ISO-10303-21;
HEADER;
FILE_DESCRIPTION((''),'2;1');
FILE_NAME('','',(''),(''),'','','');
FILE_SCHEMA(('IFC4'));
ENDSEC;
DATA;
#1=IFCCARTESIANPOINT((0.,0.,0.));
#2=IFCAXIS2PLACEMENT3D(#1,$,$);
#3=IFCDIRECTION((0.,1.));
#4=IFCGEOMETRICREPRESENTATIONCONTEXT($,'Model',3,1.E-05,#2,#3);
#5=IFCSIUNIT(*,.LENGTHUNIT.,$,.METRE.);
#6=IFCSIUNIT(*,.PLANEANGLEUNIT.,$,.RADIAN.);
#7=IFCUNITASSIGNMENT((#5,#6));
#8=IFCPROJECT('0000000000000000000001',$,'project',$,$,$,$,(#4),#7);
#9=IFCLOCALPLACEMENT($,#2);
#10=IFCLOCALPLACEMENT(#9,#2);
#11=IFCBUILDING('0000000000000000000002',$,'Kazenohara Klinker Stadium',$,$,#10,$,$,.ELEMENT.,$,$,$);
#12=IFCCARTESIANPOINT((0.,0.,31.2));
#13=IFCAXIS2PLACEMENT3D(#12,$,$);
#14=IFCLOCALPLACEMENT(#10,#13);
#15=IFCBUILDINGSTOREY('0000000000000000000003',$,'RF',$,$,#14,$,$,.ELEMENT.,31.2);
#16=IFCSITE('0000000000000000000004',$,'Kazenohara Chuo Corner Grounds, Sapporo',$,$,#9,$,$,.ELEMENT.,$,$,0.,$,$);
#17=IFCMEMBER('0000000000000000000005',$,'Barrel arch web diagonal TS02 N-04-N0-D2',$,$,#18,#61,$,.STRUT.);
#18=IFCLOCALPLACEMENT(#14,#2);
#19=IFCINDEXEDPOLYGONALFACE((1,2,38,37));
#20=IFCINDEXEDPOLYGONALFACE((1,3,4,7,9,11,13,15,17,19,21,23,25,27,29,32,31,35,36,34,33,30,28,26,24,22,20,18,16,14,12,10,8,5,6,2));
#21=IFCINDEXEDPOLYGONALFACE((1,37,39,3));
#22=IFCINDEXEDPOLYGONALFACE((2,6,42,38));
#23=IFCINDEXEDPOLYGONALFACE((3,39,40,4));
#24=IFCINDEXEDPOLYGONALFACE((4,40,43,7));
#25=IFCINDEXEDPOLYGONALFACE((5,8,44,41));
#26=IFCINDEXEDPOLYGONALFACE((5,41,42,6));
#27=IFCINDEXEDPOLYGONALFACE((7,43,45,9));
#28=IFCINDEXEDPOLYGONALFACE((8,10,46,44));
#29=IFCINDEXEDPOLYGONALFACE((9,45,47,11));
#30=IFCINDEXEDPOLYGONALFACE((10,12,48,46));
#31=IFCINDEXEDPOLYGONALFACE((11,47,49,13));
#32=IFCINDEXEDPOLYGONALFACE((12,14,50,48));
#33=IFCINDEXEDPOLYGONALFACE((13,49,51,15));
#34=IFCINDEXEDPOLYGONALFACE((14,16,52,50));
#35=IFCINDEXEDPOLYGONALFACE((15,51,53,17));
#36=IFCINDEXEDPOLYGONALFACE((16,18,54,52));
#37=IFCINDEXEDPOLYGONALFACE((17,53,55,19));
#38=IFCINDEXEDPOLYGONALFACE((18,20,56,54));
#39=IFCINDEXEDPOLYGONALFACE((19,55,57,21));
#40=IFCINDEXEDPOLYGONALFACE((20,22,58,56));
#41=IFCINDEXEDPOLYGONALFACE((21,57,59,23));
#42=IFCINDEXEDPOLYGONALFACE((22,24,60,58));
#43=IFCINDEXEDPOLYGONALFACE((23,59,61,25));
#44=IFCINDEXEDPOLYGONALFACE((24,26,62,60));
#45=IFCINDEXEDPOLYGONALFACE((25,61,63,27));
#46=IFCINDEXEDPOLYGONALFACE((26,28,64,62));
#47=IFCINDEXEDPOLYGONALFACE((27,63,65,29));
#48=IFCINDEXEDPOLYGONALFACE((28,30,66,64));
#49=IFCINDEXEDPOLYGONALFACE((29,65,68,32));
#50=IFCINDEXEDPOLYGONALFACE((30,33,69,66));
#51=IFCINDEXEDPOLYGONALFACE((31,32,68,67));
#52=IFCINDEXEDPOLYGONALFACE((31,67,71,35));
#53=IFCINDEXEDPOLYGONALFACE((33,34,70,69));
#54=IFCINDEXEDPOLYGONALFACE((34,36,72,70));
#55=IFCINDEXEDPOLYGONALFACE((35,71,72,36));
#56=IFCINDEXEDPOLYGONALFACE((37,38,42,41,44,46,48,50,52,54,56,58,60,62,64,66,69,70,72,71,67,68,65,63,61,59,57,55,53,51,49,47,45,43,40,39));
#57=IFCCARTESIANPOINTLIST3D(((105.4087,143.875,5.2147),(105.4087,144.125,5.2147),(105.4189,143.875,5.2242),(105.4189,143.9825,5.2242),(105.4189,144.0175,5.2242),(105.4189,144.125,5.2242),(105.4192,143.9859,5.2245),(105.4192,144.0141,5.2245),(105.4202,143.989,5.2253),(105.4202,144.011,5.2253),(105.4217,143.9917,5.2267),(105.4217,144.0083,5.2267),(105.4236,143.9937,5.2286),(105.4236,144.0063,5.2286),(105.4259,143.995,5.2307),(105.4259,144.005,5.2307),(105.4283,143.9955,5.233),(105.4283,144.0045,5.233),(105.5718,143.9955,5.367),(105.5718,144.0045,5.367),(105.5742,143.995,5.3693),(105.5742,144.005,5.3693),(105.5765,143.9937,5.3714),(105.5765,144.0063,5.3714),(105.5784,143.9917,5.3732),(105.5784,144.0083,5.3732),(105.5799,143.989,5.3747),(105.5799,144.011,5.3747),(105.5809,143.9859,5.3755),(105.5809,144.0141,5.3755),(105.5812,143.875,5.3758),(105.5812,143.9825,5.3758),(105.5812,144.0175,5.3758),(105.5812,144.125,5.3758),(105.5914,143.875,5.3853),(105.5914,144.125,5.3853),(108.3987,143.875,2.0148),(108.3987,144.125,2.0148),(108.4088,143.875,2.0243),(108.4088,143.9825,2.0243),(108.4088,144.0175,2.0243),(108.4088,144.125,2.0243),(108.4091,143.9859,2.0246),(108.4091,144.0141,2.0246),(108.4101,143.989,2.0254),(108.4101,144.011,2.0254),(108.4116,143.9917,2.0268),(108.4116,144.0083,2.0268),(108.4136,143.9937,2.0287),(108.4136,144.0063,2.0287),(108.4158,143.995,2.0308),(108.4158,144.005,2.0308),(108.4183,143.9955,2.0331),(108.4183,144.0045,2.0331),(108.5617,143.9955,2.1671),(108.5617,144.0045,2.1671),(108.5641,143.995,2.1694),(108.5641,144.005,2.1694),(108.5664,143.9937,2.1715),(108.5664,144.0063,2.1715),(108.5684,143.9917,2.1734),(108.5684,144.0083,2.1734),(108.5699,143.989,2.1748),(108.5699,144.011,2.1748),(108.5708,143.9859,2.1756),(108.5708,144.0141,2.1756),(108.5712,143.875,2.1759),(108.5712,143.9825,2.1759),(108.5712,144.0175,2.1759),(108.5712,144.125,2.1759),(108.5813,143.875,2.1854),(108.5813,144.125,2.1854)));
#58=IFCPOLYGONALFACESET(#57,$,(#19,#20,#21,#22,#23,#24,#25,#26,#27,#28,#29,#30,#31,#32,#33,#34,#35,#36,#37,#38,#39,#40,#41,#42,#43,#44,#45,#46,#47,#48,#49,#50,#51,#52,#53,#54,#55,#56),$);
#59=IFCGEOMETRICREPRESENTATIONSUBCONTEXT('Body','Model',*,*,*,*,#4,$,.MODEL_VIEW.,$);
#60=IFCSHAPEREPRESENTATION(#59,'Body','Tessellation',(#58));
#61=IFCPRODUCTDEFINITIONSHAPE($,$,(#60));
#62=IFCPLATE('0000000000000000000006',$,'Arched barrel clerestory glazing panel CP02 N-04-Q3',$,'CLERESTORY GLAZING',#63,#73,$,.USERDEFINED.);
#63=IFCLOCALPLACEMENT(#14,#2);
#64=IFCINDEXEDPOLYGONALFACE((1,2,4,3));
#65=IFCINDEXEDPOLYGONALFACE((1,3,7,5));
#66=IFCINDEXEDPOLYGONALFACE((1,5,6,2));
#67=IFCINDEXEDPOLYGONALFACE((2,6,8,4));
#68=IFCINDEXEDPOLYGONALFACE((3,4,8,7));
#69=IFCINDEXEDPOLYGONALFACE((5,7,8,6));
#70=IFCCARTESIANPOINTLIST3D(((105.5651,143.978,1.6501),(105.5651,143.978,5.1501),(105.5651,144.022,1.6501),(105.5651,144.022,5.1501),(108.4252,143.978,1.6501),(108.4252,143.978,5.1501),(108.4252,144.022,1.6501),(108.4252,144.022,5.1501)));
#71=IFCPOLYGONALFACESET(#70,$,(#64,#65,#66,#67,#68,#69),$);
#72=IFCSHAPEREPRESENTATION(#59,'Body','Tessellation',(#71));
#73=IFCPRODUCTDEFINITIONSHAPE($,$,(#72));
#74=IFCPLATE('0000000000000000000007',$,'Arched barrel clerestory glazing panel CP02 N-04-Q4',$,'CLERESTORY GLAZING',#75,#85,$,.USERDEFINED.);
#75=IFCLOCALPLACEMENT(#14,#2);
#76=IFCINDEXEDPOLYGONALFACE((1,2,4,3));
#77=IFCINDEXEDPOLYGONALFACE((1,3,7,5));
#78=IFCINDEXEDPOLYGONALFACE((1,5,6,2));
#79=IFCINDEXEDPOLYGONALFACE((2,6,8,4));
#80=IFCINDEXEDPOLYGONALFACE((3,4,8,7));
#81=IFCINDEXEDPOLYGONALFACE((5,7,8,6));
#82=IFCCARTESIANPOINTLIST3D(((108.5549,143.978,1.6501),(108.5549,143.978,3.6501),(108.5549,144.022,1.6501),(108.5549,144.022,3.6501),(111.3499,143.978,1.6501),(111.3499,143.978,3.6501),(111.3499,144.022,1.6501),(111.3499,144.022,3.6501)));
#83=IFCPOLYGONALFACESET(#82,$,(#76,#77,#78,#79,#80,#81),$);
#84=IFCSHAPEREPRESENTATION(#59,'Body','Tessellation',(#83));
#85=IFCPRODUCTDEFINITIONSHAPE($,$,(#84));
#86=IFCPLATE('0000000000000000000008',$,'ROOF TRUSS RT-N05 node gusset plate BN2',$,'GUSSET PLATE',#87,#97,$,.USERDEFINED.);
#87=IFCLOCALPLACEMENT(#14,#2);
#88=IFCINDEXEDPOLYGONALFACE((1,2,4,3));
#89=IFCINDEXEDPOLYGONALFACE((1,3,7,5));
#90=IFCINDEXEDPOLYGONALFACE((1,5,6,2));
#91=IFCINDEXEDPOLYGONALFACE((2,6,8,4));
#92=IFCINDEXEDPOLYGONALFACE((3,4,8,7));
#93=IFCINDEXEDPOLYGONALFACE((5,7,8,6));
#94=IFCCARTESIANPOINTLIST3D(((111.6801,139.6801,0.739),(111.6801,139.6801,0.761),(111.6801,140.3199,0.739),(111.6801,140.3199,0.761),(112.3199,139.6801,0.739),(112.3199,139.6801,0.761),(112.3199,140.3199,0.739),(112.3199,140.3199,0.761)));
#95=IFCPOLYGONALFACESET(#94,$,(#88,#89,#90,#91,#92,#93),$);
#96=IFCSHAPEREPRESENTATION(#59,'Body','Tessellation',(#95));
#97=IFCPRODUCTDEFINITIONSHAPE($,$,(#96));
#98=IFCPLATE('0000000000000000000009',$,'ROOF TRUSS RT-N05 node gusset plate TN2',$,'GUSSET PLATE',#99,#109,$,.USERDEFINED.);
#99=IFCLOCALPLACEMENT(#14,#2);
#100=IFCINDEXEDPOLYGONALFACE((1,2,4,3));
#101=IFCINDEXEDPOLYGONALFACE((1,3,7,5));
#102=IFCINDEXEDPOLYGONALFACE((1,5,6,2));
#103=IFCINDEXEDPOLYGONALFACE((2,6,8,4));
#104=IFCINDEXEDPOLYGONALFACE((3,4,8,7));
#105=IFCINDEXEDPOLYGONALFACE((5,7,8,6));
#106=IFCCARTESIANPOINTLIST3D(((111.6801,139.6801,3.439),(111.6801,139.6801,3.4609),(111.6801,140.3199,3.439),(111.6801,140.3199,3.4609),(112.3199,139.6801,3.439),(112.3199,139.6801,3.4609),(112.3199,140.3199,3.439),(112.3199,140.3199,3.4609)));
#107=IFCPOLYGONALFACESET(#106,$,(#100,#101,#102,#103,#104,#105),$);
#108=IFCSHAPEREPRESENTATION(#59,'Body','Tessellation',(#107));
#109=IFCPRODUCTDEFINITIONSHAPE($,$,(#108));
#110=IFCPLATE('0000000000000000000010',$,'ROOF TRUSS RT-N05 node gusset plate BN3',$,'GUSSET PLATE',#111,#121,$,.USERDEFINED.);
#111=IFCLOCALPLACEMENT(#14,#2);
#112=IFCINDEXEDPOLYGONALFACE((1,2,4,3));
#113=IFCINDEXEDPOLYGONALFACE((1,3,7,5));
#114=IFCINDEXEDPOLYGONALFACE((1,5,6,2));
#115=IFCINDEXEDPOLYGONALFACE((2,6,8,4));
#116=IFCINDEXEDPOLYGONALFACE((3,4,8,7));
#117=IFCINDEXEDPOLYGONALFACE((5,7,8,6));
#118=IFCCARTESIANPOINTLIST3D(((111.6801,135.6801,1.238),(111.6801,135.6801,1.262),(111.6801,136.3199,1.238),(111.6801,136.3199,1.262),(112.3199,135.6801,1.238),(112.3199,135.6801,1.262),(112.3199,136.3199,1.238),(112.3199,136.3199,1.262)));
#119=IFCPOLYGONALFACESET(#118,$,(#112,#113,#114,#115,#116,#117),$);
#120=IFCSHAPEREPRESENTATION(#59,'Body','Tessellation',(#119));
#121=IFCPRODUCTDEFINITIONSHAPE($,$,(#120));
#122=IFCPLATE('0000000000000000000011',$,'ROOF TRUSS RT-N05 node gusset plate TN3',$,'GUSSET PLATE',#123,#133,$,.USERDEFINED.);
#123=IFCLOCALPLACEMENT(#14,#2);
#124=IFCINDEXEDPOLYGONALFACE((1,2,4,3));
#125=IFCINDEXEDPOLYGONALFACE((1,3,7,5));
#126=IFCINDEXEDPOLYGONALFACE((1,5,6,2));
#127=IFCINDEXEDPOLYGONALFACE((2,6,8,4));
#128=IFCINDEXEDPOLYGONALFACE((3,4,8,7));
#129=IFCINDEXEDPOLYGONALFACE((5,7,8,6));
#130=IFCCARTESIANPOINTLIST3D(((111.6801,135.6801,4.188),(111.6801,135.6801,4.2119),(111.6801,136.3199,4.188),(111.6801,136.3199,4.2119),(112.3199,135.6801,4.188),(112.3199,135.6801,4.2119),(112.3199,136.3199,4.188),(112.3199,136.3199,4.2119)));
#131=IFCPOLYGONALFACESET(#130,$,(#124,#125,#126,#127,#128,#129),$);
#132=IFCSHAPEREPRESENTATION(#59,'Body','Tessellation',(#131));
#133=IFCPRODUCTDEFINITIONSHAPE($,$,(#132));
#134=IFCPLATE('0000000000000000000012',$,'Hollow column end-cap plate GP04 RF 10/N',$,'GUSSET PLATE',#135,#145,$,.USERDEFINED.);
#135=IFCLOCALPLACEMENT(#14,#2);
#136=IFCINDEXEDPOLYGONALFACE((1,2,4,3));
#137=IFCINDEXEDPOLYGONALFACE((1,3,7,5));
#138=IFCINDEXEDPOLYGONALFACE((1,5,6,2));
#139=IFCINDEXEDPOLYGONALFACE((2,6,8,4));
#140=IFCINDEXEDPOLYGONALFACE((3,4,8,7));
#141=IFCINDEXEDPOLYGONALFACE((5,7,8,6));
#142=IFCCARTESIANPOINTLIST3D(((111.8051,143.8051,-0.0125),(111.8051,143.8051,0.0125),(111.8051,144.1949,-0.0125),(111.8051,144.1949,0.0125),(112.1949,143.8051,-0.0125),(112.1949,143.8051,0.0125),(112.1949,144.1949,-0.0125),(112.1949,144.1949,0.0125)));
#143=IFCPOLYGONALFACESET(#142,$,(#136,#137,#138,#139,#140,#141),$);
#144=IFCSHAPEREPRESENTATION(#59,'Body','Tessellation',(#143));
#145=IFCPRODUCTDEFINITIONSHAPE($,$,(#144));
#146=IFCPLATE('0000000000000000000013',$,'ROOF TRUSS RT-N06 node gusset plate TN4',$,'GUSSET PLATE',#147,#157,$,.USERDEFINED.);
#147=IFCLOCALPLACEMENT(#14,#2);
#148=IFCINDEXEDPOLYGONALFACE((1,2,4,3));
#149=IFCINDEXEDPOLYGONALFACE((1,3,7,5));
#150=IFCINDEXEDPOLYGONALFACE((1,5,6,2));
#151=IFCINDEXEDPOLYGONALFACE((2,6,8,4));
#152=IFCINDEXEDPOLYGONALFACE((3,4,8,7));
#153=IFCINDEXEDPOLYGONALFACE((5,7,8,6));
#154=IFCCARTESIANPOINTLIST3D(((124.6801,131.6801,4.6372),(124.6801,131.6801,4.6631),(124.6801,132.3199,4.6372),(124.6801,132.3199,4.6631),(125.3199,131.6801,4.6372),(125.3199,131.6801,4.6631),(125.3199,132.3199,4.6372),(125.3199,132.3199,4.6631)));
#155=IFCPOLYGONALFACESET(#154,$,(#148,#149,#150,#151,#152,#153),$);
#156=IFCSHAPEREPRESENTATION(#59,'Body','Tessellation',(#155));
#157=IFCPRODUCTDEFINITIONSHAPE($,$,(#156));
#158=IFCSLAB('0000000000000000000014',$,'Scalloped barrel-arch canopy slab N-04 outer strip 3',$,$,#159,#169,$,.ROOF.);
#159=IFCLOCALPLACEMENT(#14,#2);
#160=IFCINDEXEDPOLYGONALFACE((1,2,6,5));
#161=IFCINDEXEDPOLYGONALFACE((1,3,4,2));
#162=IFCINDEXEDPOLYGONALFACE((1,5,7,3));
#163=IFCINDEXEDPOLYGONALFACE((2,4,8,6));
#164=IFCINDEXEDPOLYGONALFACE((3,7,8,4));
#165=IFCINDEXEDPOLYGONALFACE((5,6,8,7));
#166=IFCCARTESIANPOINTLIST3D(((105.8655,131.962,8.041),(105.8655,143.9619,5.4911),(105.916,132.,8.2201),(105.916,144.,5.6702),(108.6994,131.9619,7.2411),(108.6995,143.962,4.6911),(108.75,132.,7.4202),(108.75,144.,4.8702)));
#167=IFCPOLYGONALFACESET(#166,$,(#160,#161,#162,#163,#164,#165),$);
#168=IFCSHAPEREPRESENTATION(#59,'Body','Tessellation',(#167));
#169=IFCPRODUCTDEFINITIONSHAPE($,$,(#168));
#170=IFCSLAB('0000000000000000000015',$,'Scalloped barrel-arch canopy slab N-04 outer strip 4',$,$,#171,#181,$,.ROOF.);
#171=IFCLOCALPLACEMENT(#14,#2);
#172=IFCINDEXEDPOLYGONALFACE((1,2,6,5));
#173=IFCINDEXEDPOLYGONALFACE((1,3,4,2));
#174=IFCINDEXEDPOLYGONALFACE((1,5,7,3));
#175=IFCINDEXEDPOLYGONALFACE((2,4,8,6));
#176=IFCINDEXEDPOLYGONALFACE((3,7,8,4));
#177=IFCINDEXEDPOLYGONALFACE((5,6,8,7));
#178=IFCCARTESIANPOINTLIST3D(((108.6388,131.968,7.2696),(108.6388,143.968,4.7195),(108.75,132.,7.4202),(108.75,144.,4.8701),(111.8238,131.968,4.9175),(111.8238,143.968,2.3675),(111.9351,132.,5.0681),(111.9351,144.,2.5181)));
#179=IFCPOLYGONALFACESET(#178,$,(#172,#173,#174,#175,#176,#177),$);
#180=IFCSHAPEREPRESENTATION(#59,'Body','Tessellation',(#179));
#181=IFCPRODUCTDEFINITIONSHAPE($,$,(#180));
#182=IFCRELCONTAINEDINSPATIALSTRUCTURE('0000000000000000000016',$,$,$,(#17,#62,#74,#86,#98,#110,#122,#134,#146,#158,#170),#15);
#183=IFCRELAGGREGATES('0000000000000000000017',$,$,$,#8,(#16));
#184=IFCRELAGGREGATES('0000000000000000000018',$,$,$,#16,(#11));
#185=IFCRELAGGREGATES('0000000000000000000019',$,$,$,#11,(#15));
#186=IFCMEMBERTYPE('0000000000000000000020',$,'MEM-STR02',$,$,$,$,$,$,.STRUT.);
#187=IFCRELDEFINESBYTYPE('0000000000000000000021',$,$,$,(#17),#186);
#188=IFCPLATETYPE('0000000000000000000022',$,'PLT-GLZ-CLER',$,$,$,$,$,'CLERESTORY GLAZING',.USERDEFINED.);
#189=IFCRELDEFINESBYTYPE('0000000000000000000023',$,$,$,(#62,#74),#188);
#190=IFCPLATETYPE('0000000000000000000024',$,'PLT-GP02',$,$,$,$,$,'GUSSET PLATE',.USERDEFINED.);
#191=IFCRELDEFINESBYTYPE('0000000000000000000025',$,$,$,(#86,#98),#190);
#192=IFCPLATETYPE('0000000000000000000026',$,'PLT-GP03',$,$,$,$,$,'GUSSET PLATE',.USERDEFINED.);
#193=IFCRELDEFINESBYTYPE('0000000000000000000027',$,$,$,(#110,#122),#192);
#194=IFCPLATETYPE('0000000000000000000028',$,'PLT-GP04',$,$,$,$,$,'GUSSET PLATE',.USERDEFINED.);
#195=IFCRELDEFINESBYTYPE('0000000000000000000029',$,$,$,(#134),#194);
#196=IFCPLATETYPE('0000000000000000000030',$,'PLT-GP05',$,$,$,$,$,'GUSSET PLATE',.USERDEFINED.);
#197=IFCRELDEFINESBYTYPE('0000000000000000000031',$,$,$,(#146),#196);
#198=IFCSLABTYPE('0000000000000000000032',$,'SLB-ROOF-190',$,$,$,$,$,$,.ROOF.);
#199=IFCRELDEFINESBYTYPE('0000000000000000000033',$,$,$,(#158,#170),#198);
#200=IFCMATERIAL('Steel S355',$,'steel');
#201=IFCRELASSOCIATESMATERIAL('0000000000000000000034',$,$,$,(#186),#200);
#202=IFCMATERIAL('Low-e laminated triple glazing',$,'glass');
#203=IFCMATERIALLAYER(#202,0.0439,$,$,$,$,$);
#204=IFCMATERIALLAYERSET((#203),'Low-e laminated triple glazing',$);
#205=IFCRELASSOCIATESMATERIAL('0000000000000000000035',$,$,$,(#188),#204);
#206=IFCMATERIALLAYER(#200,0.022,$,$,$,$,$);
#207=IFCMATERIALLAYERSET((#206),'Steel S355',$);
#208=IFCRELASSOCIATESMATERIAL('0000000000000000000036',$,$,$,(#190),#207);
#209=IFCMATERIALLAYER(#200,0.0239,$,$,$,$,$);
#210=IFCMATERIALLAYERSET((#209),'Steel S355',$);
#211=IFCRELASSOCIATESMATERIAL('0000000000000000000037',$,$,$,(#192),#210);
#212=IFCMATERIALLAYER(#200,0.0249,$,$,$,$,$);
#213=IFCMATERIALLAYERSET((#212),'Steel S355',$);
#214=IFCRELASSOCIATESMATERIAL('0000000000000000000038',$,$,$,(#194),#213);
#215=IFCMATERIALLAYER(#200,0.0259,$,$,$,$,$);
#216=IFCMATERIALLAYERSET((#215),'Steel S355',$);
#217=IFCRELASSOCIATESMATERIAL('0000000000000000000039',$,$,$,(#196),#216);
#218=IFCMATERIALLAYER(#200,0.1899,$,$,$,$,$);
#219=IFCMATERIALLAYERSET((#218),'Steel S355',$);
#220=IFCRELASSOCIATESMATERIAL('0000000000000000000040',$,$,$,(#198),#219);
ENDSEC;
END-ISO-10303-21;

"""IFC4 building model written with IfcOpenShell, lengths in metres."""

from ifc_helpers import new_model, si_unit, direction, frame, origin, origin_2d, place, context, subcontext, project, spatial, polyline, rectangle, i_section, outline, extrude, material, layer, layer_set, material_profile, profile_set, type_object, element, save


model = new_model("IFC4")

# Units and contexts
model_context = context("Model", 3, precision=1e-05, world=origin(), true_north=direction((0.0, 1.0)))
body_context = subcontext(model_context, "Body", "Model", "MODEL_VIEW")
ifc_project = project(units=[si_unit("LENGTHUNIT", "METRE"), si_unit("PLANEANGLEUNIT", "RADIAN")], contexts=[model_context])

# Site, building, storey
site_placement = place(None, origin())
site = spatial("IfcSite", under=ifc_project, at=site_placement, Name="Kazenohara Chuo Corner Grounds, Sapporo", CompositionType="ELEMENT", RefElevation=0.0)
building_placement = place(site_placement, origin())
building = spatial("IfcBuilding", under=site, at=building_placement, Name="Kazenohara Klinker Stadium", CompositionType="ELEMENT")
storey_placement = place(building_placement, frame((0.0, 0.0, 31.2)))
storey = spatial("IfcBuildingStorey", under=building, at=storey_placement, Name="RF", CompositionType="ELEMENT", Elevation=31.2)

# Member
ifc_material_1 = material(Name="Steel S355", Category="steel")
ifc_material_profile_1 = material_profile(ifc_material_1, i_section(OverallWidth=0.25, OverallDepth=0.25, WebThickness=0.009, FlangeThickness=0.0139, FilletRadius=0.0129, at=origin_2d()), Name="H-250x250x9x14")
ifc_profile_set_1 = profile_set([ifc_material_profile_1], Name="Steel S355")
member_type_1 = type_object("IfcMemberType", Name="MEM-STR02", PredefinedType="STRUT", material=ifc_profile_set_1)
member_1_placement = place(storey_placement, frame((108.49, 144.0, 2.1001), z_axis=(-0.682729, 0.0, 0.730671), x_axis=(0.0, -1.0, 0.0)))
element("IfcMember", 1, at=member_1_placement, inside=storey, type_object=member_type_1, Name="Barrel arch web diagonal TS02 N-04-N0-D2", PredefinedType="STRUT", context=body_context, shape_type="SweptSolid", body=[
    extrude(i_section(OverallWidth=0.25, OverallDepth=0.25, WebThickness=0.009, FlangeThickness=0.0139, FilletRadius=0.0129, at=origin_2d()), origin(), (0.0, 0.0, 1.0), 4.3794),
])

# Plates
ifc_material_2 = material(Name="Low-e laminated triple glazing", Category="glass")
ifc_layer_1 = layer(ifc_material_2, 0.0439)
ifc_layer_set_1 = layer_set([ifc_layer_1], Name="Low-e laminated triple glazing")
plate_type_1 = type_object("IfcPlateType", Name="PLT-GLZ-CLER", ElementType="CLERESTORY GLAZING", PredefinedType="USERDEFINED", material=ifc_layer_set_1)
plate_1_placement = place(storey_placement, frame((106.9951, 144.0, 1.6501), z_axis=(0.0, 0.0, 1.0), x_axis=(1.0, 0.0, 0.0)))
element("IfcPlate", 2, at=plate_1_placement, inside=storey, type_object=plate_type_1, Name="Arched barrel clerestory glazing panel CP02 N-04-Q3", ObjectType="CLERESTORY GLAZING", PredefinedType="USERDEFINED", context=body_context, shape_type="SweptSolid", body=[
    extrude(rectangle(XDim=2.8601, YDim=0.0439, at=origin_2d()), origin(), (0.0, 0.0, 1.0), 3.5),
])
plate_2_placement = place(storey_placement, frame((109.9524, 144.0, 1.6501), z_axis=(0.0, 0.0, 1.0), x_axis=(1.0, 0.0, 0.0)))
element("IfcPlate", 3, at=plate_2_placement, inside=storey, type_object=plate_type_1, Name="Arched barrel clerestory glazing panel CP02 N-04-Q4", ObjectType="CLERESTORY GLAZING", PredefinedType="USERDEFINED", context=body_context, shape_type="SweptSolid", body=[
    extrude(rectangle(XDim=2.7949, YDim=0.0439, at=origin_2d()), origin(), (0.0, 0.0, 1.0), 2.0),
])
ifc_layer_2 = layer(ifc_material_1, 0.022)
ifc_layer_set_2 = layer_set([ifc_layer_2], Name="Steel S355")
plate_type_2 = type_object("IfcPlateType", Name="PLT-GP02", ElementType="GUSSET PLATE", PredefinedType="USERDEFINED", material=ifc_layer_set_2)
for number, where, z_axis, x_axis, name in (
    (4, (112.0, 140.0, 0.739), (0.0, 0.0, 1.0), (1.0, 0.0, 0.0), "ROOF TRUSS RT-N05 node gusset plate BN2"),
    (5, (112.0, 140.0, 3.439), (0.0, 0.0, 1.0), (1.0, 0.0, 0.0), "ROOF TRUSS RT-N05 node gusset plate TN2"),
):
    element("IfcPlate", number, at=place(storey_placement, frame(where, z_axis=z_axis, x_axis=x_axis)), inside=storey, type_object=plate_type_2, Name=name, ObjectType="GUSSET PLATE", PredefinedType="USERDEFINED", context=body_context, shape_type="SweptSolid", body=[
        extrude(rectangle(XDim=0.6399, YDim=0.6399, at=origin_2d()), origin(), (0.0, 0.0, 1.0), 0.022),
    ])
ifc_layer_3 = layer(ifc_material_1, 0.0239)
ifc_layer_set_3 = layer_set([ifc_layer_3], Name="Steel S355")
plate_type_3 = type_object("IfcPlateType", Name="PLT-GP03", ElementType="GUSSET PLATE", PredefinedType="USERDEFINED", material=ifc_layer_set_3)
for number, where, z_axis, x_axis, name in (
    (6, (112.0, 136.0, 1.238), (0.0, 0.0, 1.0), (1.0, 0.0, 0.0), "ROOF TRUSS RT-N05 node gusset plate BN3"),
    (7, (112.0, 136.0, 4.188), (0.0, 0.0, 1.0), (1.0, 0.0, 0.0), "ROOF TRUSS RT-N05 node gusset plate TN3"),
):
    element("IfcPlate", number, at=place(storey_placement, frame(where, z_axis=z_axis, x_axis=x_axis)), inside=storey, type_object=plate_type_3, Name=name, ObjectType="GUSSET PLATE", PredefinedType="USERDEFINED", context=body_context, shape_type="SweptSolid", body=[
        extrude(rectangle(XDim=0.6399, YDim=0.6399, at=origin_2d()), origin(), (0.0, 0.0, 1.0), 0.0239),
    ])
ifc_layer_4 = layer(ifc_material_1, 0.0249)
ifc_layer_set_4 = layer_set([ifc_layer_4], Name="Steel S355")
plate_type_4 = type_object("IfcPlateType", Name="PLT-GP04", ElementType="GUSSET PLATE", PredefinedType="USERDEFINED", material=ifc_layer_set_4)
plate_3_placement = place(storey_placement, frame((112.0, 144.0, -0.0125), z_axis=(0.0, 0.0, 1.0), x_axis=(1.0, 0.0, 0.0)))
element("IfcPlate", 8, at=plate_3_placement, inside=storey, type_object=plate_type_4, Name="Hollow column end-cap plate GP04 RF 10/N", ObjectType="GUSSET PLATE", PredefinedType="USERDEFINED", context=body_context, shape_type="SweptSolid", body=[
    extrude(rectangle(XDim=0.3899, YDim=0.3899, at=origin_2d()), origin(), (0.0, 0.0, 1.0), 0.0249),
])
ifc_layer_5 = layer(ifc_material_1, 0.0259)
ifc_layer_set_5 = layer_set([ifc_layer_5], Name="Steel S355")
plate_type_5 = type_object("IfcPlateType", Name="PLT-GP05", ElementType="GUSSET PLATE", PredefinedType="USERDEFINED", material=ifc_layer_set_5)
plate_4_placement = place(storey_placement, frame((125.0, 132.0, 4.6372), z_axis=(0.0, 0.0, 1.0), x_axis=(1.0, 0.0, 0.0)))
element("IfcPlate", 9, at=plate_4_placement, inside=storey, type_object=plate_type_5, Name="ROOF TRUSS RT-N06 node gusset plate TN4", ObjectType="GUSSET PLATE", PredefinedType="USERDEFINED", context=body_context, shape_type="SweptSolid", body=[
    extrude(rectangle(XDim=0.6399, YDim=0.6399, at=origin_2d()), origin(), (0.0, 0.0, 1.0), 0.0259),
])

# Slabs
ifc_layer_6 = layer(ifc_material_1, 0.1899)
ifc_layer_set_6 = layer_set([ifc_layer_6], Name="Steel S355")
slab_type = type_object("IfcSlabType", Name="SLB-ROOF-190", PredefinedType="ROOF", material=ifc_layer_set_6)
slab_1_placement = place(storey_placement, frame((105.916, 144.0, 5.6702), z_axis=(0.26614, 0.200357, 0.942882), x_axis=(0.000002, -0.97816, 0.207852)))
element("IfcSlab", 10, at=slab_1_placement, inside=storey, type_object=slab_type, Name="Scalloped barrel-arch canopy slab N-04 outer strip 3", PredefinedType="ROOF", context=body_context, shape_type="SweptSolid", body=[
    extrude(outline(polyline([(0.0, 0.0), (12.2679, 0.0), (12.1017, 2.94), (-0.1663, 2.9401), (0.0, 0.0)])), origin(), (0.0, 0.0, -1.0), 0.1899),
])
slab_2_placement = place(storey_placement, frame((108.75, 144.0, 4.8701), z_axis=(0.58555, 0.168501, 0.79293), x_axis=(0.0, -0.978158, 0.207863)))
element("IfcSlab", 11, at=slab_2_placement, inside=storey, type_object=slab_type, Name="Scalloped barrel-arch canopy slab N-04 outer strip 4", PredefinedType="ROOF", context=body_context, shape_type="SweptSolid", body=[
    extrude(outline(polyline([(0.0, 0.0), (12.268, 0.0), (11.7791, 3.9291), (-0.4889, 3.9291), (0.0, 0.0)])), origin(), (0.0, 0.0, -1.0), 0.1899),
])

save(model, "model.ifc")
